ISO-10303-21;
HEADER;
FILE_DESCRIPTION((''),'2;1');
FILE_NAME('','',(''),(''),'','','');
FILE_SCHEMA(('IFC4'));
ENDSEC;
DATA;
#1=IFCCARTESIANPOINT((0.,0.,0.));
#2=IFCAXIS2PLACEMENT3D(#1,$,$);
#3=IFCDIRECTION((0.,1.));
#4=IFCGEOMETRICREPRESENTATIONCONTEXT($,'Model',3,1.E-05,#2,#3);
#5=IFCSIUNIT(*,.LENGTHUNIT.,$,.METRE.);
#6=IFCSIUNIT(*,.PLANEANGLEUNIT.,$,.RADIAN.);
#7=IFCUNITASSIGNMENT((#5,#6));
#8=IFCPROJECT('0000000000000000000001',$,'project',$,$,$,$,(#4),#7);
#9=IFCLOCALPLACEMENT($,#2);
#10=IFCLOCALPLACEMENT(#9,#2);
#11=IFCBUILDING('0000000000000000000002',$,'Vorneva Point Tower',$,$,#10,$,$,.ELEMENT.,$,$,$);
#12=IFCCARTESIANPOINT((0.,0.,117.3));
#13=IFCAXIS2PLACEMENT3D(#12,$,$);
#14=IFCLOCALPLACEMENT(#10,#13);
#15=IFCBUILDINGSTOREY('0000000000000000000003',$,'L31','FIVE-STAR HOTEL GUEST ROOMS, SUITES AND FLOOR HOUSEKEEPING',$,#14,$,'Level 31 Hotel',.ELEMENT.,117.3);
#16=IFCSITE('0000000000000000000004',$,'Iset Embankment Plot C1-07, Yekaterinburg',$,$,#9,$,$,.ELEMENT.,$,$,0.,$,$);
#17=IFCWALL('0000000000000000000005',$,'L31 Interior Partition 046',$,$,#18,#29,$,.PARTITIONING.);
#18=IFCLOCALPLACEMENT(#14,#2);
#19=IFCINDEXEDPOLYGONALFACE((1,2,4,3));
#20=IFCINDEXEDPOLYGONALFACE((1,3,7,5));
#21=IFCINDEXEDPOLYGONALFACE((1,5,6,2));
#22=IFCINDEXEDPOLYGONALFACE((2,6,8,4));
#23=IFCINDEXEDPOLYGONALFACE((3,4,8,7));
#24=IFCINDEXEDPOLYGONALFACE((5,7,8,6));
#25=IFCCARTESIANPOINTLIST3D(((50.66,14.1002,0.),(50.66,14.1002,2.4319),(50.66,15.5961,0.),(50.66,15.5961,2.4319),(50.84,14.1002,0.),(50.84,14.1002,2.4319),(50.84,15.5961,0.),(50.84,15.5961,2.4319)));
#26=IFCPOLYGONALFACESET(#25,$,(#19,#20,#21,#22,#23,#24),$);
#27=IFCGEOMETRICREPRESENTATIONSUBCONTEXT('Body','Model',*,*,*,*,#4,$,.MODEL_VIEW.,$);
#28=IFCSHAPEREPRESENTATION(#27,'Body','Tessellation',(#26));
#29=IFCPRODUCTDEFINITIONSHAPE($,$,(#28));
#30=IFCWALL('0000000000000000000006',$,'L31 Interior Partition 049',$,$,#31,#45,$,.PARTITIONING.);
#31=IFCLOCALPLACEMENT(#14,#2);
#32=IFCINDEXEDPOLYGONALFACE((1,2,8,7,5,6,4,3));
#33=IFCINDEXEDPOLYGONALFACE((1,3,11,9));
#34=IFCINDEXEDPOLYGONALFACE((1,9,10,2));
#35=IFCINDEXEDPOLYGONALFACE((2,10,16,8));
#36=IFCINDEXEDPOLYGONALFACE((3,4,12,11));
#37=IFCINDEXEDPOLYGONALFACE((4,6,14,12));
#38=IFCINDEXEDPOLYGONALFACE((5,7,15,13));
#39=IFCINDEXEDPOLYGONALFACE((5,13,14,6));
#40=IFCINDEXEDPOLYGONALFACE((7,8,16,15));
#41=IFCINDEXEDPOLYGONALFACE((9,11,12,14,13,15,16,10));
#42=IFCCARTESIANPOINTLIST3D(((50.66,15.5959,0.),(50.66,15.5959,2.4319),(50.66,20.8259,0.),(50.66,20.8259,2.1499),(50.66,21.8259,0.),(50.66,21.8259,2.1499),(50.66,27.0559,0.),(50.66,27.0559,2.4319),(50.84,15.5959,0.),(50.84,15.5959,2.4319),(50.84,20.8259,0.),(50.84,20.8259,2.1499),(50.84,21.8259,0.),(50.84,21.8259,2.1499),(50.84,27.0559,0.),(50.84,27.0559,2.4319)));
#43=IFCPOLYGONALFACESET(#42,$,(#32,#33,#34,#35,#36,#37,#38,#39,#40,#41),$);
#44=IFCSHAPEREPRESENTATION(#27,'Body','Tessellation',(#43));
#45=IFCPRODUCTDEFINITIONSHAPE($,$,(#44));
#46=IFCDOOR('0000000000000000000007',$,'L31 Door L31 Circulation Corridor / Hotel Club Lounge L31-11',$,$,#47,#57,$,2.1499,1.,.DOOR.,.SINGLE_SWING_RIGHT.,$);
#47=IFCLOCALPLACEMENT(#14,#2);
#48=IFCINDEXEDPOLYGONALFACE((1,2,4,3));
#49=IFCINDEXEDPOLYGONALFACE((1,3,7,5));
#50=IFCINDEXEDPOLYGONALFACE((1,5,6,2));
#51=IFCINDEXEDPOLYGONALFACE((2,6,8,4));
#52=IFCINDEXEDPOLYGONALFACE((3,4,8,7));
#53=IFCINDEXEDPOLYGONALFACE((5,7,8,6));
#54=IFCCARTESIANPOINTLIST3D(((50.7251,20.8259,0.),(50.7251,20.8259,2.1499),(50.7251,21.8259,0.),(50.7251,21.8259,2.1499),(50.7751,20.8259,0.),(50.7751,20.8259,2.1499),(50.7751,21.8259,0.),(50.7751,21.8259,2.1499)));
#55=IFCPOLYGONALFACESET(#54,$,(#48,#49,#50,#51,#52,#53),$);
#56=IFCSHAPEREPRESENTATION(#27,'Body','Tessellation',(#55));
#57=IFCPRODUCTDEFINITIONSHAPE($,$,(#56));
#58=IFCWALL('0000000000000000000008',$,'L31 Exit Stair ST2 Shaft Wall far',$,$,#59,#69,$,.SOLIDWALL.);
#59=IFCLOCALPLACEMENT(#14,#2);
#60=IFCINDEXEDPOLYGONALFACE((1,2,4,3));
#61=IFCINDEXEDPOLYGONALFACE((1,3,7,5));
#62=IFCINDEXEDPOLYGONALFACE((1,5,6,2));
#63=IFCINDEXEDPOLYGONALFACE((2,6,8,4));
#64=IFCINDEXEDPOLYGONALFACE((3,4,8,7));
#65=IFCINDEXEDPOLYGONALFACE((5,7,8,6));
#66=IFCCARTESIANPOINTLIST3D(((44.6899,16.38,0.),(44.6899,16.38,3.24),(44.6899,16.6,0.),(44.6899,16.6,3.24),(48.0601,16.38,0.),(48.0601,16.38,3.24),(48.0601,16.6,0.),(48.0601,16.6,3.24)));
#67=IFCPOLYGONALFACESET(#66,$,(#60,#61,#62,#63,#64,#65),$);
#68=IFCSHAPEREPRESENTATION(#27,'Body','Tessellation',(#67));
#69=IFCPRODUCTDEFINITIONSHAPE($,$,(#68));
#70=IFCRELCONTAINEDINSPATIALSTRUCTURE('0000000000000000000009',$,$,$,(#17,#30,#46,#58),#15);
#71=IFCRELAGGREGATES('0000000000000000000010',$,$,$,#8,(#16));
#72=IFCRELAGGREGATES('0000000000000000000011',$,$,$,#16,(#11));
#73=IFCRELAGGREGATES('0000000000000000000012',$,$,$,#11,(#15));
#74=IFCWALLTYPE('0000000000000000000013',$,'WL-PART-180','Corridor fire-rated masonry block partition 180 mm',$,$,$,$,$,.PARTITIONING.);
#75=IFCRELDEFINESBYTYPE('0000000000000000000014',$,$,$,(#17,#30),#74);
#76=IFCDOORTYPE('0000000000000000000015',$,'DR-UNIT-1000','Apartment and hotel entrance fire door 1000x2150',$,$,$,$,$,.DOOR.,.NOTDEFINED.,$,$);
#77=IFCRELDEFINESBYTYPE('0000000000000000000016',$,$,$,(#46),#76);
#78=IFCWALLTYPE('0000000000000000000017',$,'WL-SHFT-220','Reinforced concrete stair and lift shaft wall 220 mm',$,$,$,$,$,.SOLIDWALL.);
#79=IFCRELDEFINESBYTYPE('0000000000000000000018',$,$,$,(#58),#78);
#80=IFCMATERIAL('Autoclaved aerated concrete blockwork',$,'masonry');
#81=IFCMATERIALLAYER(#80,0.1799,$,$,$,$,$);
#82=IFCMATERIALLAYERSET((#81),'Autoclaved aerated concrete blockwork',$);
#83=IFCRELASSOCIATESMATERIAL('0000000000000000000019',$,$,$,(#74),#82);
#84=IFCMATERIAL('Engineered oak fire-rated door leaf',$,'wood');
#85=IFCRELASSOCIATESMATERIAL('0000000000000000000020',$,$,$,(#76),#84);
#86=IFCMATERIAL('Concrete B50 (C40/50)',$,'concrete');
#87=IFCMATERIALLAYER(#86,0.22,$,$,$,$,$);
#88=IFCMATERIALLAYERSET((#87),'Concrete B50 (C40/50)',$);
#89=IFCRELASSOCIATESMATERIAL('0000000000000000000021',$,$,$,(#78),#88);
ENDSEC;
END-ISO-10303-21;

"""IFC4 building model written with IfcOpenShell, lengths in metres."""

from ifc_helpers import new_model, si_unit, direction, frame, frame_2d, origin, place, context, subcontext, project, spatial, rectangle, extrude, material, layer, layer_set, type_object, element, fill, save


model = new_model("IFC4")

# Units and contexts
model_context = context("Model", 3, precision=1e-05, world=origin(), true_north=direction((0.0, 1.0)))
body_context = subcontext(model_context, "Body", "Model", "MODEL_VIEW")
ifc_project = project(units=[si_unit("LENGTHUNIT", "METRE"), si_unit("PLANEANGLEUNIT", "RADIAN")], contexts=[model_context])

# Site, building, storey
site_placement = place(None, origin())
site = spatial("IfcSite", under=ifc_project, at=site_placement, Name="Iset Embankment Plot C1-07, Yekaterinburg", CompositionType="ELEMENT", RefElevation=0.0)
building_placement = place(site_placement, origin())
building = spatial("IfcBuilding", under=site, at=building_placement, Name="Vorneva Point Tower", CompositionType="ELEMENT")
storey_placement = place(building_placement, frame((0.0, 0.0, 117.3)))
storey = spatial("IfcBuildingStorey", under=building, at=storey_placement, Name="L31", Description="FIVE-STAR HOTEL GUEST ROOMS, SUITES AND FLOOR HOUSEKEEPING", LongName="Level 31 Hotel", CompositionType="ELEMENT", Elevation=117.3)

# Wall
ifc_material_1 = material(Name="Autoclaved aerated concrete blockwork", Category="masonry")
ifc_layer_1 = layer(ifc_material_1, 0.1799)
ifc_layer_set_1 = layer_set([ifc_layer_1], Name="Autoclaved aerated concrete blockwork")
wall_type_1 = type_object("IfcWallType", Name="WL-PART-180", Description="Corridor fire-rated masonry block partition 180 mm", PredefinedType="PARTITIONING", material=ifc_layer_set_1)
wall_1_placement = place(storey_placement, frame((50.75, 14.1001, 0.0), z_axis=(0.0, 0.0, 1.0), x_axis=(0.0, 1.0, 0.0)))
element("IfcWall", 1, at=wall_1_placement, inside=storey, type_object=wall_type_1, Name="L31 Interior Partition 046", PredefinedType="PARTITIONING", context=body_context, shape_type="SweptSolid", body=[
    extrude(rectangle(XDim=1.4958, YDim=0.1799, at=frame_2d((0.748, 0.0))), origin(), (0.0, 0.0, 1.0), 2.4319),
])

# Wall, opening, door
wall_2_placement = place(storey_placement, frame((50.75, 15.5959, 0.0), z_axis=(0.0, 0.0, 1.0), x_axis=(0.0, 1.0, 0.0)))
wall_2 = element("IfcWall", 2, at=wall_2_placement, inside=storey, type_object=wall_type_1, Name="L31 Interior Partition 049", PredefinedType="PARTITIONING", context=body_context, shape_type="SweptSolid", body=[
    extrude(rectangle(XDim=11.46, YDim=0.1799, at=frame_2d((5.73, 0.0))), origin(), (0.0, 0.0, 1.0), 2.4319),
])
opening_1_placement = place(wall_2_placement, frame((5.23, 0.0, 0.0)))
opening_1 = element("IfcOpeningElement", 3, at=opening_1_placement, cuts=wall_2, PredefinedType="OPENING", context=body_context, shape_type="SweptSolid", body=[
    extrude(rectangle(XDim=1.0, YDim=2.1499, at=frame_2d((0.5, 1.075))), frame((0.0, 0.105, 0.0), z_axis=(0.0, -1.0, 0.0), x_axis=(1.0, 0.0, 0.0)), (0.0, 0.0, 1.0), 0.2097),
])
ifc_material_2 = material(Name="Engineered oak fire-rated door leaf", Category="wood")
door_type = type_object("IfcDoorType", Name="DR-UNIT-1000", Description="Apartment and hotel entrance fire door 1000x2150", OperationType="NOTDEFINED", PredefinedType="DOOR", material=ifc_material_2)
door_placement = place(opening_1_placement, origin())
door = element("IfcDoor", 4, at=door_placement, inside=storey, type_object=door_type, Name="L31 Door L31 Circulation Corridor / Hotel Club Lounge L31-11", OperationType="SINGLE_SWING_RIGHT", OverallHeight=2.1499, OverallWidth=1.0, PredefinedType="DOOR", context=body_context, shape_type="SweptSolid", body=[
    extrude(rectangle(XDim=1.0, YDim=2.1499, at=frame_2d((0.5, 1.075))), frame((0.0, 0.0249, 0.0), z_axis=(0.0, -1.0, 0.0), x_axis=(1.0, 0.0, 0.0)), (0.0, 0.0, 1.0), 0.05),
])
fill(opening_1, door)

# Wall
ifc_material_3 = material(Name="Concrete B50 (C40/50)", Category="concrete")
ifc_layer_2 = layer(ifc_material_3, 0.22)
ifc_layer_set_2 = layer_set([ifc_layer_2], Name="Concrete B50 (C40/50)")
wall_type_2 = type_object("IfcWallType", Name="WL-SHFT-220", Description="Reinforced concrete stair and lift shaft wall 220 mm", PredefinedType="SOLIDWALL", material=ifc_layer_set_2)
wall_3_placement = place(storey_placement, frame((48.0601, 16.49, 0.0), z_axis=(0.0, 0.0, 1.0), x_axis=(-1.0, 0.0, 0.0)))
element("IfcWall", 5, at=wall_3_placement, inside=storey, type_object=wall_type_2, Name="L31 Exit Stair ST2 Shaft Wall far", PredefinedType="SOLIDWALL", context=body_context, shape_type="SweptSolid", body=[
    extrude(rectangle(XDim=3.3701, YDim=0.22, at=frame_2d((1.6851, 0.0))), origin(), (0.0, 0.0, 1.0), 3.24),
])

save(model, "model.ifc")
